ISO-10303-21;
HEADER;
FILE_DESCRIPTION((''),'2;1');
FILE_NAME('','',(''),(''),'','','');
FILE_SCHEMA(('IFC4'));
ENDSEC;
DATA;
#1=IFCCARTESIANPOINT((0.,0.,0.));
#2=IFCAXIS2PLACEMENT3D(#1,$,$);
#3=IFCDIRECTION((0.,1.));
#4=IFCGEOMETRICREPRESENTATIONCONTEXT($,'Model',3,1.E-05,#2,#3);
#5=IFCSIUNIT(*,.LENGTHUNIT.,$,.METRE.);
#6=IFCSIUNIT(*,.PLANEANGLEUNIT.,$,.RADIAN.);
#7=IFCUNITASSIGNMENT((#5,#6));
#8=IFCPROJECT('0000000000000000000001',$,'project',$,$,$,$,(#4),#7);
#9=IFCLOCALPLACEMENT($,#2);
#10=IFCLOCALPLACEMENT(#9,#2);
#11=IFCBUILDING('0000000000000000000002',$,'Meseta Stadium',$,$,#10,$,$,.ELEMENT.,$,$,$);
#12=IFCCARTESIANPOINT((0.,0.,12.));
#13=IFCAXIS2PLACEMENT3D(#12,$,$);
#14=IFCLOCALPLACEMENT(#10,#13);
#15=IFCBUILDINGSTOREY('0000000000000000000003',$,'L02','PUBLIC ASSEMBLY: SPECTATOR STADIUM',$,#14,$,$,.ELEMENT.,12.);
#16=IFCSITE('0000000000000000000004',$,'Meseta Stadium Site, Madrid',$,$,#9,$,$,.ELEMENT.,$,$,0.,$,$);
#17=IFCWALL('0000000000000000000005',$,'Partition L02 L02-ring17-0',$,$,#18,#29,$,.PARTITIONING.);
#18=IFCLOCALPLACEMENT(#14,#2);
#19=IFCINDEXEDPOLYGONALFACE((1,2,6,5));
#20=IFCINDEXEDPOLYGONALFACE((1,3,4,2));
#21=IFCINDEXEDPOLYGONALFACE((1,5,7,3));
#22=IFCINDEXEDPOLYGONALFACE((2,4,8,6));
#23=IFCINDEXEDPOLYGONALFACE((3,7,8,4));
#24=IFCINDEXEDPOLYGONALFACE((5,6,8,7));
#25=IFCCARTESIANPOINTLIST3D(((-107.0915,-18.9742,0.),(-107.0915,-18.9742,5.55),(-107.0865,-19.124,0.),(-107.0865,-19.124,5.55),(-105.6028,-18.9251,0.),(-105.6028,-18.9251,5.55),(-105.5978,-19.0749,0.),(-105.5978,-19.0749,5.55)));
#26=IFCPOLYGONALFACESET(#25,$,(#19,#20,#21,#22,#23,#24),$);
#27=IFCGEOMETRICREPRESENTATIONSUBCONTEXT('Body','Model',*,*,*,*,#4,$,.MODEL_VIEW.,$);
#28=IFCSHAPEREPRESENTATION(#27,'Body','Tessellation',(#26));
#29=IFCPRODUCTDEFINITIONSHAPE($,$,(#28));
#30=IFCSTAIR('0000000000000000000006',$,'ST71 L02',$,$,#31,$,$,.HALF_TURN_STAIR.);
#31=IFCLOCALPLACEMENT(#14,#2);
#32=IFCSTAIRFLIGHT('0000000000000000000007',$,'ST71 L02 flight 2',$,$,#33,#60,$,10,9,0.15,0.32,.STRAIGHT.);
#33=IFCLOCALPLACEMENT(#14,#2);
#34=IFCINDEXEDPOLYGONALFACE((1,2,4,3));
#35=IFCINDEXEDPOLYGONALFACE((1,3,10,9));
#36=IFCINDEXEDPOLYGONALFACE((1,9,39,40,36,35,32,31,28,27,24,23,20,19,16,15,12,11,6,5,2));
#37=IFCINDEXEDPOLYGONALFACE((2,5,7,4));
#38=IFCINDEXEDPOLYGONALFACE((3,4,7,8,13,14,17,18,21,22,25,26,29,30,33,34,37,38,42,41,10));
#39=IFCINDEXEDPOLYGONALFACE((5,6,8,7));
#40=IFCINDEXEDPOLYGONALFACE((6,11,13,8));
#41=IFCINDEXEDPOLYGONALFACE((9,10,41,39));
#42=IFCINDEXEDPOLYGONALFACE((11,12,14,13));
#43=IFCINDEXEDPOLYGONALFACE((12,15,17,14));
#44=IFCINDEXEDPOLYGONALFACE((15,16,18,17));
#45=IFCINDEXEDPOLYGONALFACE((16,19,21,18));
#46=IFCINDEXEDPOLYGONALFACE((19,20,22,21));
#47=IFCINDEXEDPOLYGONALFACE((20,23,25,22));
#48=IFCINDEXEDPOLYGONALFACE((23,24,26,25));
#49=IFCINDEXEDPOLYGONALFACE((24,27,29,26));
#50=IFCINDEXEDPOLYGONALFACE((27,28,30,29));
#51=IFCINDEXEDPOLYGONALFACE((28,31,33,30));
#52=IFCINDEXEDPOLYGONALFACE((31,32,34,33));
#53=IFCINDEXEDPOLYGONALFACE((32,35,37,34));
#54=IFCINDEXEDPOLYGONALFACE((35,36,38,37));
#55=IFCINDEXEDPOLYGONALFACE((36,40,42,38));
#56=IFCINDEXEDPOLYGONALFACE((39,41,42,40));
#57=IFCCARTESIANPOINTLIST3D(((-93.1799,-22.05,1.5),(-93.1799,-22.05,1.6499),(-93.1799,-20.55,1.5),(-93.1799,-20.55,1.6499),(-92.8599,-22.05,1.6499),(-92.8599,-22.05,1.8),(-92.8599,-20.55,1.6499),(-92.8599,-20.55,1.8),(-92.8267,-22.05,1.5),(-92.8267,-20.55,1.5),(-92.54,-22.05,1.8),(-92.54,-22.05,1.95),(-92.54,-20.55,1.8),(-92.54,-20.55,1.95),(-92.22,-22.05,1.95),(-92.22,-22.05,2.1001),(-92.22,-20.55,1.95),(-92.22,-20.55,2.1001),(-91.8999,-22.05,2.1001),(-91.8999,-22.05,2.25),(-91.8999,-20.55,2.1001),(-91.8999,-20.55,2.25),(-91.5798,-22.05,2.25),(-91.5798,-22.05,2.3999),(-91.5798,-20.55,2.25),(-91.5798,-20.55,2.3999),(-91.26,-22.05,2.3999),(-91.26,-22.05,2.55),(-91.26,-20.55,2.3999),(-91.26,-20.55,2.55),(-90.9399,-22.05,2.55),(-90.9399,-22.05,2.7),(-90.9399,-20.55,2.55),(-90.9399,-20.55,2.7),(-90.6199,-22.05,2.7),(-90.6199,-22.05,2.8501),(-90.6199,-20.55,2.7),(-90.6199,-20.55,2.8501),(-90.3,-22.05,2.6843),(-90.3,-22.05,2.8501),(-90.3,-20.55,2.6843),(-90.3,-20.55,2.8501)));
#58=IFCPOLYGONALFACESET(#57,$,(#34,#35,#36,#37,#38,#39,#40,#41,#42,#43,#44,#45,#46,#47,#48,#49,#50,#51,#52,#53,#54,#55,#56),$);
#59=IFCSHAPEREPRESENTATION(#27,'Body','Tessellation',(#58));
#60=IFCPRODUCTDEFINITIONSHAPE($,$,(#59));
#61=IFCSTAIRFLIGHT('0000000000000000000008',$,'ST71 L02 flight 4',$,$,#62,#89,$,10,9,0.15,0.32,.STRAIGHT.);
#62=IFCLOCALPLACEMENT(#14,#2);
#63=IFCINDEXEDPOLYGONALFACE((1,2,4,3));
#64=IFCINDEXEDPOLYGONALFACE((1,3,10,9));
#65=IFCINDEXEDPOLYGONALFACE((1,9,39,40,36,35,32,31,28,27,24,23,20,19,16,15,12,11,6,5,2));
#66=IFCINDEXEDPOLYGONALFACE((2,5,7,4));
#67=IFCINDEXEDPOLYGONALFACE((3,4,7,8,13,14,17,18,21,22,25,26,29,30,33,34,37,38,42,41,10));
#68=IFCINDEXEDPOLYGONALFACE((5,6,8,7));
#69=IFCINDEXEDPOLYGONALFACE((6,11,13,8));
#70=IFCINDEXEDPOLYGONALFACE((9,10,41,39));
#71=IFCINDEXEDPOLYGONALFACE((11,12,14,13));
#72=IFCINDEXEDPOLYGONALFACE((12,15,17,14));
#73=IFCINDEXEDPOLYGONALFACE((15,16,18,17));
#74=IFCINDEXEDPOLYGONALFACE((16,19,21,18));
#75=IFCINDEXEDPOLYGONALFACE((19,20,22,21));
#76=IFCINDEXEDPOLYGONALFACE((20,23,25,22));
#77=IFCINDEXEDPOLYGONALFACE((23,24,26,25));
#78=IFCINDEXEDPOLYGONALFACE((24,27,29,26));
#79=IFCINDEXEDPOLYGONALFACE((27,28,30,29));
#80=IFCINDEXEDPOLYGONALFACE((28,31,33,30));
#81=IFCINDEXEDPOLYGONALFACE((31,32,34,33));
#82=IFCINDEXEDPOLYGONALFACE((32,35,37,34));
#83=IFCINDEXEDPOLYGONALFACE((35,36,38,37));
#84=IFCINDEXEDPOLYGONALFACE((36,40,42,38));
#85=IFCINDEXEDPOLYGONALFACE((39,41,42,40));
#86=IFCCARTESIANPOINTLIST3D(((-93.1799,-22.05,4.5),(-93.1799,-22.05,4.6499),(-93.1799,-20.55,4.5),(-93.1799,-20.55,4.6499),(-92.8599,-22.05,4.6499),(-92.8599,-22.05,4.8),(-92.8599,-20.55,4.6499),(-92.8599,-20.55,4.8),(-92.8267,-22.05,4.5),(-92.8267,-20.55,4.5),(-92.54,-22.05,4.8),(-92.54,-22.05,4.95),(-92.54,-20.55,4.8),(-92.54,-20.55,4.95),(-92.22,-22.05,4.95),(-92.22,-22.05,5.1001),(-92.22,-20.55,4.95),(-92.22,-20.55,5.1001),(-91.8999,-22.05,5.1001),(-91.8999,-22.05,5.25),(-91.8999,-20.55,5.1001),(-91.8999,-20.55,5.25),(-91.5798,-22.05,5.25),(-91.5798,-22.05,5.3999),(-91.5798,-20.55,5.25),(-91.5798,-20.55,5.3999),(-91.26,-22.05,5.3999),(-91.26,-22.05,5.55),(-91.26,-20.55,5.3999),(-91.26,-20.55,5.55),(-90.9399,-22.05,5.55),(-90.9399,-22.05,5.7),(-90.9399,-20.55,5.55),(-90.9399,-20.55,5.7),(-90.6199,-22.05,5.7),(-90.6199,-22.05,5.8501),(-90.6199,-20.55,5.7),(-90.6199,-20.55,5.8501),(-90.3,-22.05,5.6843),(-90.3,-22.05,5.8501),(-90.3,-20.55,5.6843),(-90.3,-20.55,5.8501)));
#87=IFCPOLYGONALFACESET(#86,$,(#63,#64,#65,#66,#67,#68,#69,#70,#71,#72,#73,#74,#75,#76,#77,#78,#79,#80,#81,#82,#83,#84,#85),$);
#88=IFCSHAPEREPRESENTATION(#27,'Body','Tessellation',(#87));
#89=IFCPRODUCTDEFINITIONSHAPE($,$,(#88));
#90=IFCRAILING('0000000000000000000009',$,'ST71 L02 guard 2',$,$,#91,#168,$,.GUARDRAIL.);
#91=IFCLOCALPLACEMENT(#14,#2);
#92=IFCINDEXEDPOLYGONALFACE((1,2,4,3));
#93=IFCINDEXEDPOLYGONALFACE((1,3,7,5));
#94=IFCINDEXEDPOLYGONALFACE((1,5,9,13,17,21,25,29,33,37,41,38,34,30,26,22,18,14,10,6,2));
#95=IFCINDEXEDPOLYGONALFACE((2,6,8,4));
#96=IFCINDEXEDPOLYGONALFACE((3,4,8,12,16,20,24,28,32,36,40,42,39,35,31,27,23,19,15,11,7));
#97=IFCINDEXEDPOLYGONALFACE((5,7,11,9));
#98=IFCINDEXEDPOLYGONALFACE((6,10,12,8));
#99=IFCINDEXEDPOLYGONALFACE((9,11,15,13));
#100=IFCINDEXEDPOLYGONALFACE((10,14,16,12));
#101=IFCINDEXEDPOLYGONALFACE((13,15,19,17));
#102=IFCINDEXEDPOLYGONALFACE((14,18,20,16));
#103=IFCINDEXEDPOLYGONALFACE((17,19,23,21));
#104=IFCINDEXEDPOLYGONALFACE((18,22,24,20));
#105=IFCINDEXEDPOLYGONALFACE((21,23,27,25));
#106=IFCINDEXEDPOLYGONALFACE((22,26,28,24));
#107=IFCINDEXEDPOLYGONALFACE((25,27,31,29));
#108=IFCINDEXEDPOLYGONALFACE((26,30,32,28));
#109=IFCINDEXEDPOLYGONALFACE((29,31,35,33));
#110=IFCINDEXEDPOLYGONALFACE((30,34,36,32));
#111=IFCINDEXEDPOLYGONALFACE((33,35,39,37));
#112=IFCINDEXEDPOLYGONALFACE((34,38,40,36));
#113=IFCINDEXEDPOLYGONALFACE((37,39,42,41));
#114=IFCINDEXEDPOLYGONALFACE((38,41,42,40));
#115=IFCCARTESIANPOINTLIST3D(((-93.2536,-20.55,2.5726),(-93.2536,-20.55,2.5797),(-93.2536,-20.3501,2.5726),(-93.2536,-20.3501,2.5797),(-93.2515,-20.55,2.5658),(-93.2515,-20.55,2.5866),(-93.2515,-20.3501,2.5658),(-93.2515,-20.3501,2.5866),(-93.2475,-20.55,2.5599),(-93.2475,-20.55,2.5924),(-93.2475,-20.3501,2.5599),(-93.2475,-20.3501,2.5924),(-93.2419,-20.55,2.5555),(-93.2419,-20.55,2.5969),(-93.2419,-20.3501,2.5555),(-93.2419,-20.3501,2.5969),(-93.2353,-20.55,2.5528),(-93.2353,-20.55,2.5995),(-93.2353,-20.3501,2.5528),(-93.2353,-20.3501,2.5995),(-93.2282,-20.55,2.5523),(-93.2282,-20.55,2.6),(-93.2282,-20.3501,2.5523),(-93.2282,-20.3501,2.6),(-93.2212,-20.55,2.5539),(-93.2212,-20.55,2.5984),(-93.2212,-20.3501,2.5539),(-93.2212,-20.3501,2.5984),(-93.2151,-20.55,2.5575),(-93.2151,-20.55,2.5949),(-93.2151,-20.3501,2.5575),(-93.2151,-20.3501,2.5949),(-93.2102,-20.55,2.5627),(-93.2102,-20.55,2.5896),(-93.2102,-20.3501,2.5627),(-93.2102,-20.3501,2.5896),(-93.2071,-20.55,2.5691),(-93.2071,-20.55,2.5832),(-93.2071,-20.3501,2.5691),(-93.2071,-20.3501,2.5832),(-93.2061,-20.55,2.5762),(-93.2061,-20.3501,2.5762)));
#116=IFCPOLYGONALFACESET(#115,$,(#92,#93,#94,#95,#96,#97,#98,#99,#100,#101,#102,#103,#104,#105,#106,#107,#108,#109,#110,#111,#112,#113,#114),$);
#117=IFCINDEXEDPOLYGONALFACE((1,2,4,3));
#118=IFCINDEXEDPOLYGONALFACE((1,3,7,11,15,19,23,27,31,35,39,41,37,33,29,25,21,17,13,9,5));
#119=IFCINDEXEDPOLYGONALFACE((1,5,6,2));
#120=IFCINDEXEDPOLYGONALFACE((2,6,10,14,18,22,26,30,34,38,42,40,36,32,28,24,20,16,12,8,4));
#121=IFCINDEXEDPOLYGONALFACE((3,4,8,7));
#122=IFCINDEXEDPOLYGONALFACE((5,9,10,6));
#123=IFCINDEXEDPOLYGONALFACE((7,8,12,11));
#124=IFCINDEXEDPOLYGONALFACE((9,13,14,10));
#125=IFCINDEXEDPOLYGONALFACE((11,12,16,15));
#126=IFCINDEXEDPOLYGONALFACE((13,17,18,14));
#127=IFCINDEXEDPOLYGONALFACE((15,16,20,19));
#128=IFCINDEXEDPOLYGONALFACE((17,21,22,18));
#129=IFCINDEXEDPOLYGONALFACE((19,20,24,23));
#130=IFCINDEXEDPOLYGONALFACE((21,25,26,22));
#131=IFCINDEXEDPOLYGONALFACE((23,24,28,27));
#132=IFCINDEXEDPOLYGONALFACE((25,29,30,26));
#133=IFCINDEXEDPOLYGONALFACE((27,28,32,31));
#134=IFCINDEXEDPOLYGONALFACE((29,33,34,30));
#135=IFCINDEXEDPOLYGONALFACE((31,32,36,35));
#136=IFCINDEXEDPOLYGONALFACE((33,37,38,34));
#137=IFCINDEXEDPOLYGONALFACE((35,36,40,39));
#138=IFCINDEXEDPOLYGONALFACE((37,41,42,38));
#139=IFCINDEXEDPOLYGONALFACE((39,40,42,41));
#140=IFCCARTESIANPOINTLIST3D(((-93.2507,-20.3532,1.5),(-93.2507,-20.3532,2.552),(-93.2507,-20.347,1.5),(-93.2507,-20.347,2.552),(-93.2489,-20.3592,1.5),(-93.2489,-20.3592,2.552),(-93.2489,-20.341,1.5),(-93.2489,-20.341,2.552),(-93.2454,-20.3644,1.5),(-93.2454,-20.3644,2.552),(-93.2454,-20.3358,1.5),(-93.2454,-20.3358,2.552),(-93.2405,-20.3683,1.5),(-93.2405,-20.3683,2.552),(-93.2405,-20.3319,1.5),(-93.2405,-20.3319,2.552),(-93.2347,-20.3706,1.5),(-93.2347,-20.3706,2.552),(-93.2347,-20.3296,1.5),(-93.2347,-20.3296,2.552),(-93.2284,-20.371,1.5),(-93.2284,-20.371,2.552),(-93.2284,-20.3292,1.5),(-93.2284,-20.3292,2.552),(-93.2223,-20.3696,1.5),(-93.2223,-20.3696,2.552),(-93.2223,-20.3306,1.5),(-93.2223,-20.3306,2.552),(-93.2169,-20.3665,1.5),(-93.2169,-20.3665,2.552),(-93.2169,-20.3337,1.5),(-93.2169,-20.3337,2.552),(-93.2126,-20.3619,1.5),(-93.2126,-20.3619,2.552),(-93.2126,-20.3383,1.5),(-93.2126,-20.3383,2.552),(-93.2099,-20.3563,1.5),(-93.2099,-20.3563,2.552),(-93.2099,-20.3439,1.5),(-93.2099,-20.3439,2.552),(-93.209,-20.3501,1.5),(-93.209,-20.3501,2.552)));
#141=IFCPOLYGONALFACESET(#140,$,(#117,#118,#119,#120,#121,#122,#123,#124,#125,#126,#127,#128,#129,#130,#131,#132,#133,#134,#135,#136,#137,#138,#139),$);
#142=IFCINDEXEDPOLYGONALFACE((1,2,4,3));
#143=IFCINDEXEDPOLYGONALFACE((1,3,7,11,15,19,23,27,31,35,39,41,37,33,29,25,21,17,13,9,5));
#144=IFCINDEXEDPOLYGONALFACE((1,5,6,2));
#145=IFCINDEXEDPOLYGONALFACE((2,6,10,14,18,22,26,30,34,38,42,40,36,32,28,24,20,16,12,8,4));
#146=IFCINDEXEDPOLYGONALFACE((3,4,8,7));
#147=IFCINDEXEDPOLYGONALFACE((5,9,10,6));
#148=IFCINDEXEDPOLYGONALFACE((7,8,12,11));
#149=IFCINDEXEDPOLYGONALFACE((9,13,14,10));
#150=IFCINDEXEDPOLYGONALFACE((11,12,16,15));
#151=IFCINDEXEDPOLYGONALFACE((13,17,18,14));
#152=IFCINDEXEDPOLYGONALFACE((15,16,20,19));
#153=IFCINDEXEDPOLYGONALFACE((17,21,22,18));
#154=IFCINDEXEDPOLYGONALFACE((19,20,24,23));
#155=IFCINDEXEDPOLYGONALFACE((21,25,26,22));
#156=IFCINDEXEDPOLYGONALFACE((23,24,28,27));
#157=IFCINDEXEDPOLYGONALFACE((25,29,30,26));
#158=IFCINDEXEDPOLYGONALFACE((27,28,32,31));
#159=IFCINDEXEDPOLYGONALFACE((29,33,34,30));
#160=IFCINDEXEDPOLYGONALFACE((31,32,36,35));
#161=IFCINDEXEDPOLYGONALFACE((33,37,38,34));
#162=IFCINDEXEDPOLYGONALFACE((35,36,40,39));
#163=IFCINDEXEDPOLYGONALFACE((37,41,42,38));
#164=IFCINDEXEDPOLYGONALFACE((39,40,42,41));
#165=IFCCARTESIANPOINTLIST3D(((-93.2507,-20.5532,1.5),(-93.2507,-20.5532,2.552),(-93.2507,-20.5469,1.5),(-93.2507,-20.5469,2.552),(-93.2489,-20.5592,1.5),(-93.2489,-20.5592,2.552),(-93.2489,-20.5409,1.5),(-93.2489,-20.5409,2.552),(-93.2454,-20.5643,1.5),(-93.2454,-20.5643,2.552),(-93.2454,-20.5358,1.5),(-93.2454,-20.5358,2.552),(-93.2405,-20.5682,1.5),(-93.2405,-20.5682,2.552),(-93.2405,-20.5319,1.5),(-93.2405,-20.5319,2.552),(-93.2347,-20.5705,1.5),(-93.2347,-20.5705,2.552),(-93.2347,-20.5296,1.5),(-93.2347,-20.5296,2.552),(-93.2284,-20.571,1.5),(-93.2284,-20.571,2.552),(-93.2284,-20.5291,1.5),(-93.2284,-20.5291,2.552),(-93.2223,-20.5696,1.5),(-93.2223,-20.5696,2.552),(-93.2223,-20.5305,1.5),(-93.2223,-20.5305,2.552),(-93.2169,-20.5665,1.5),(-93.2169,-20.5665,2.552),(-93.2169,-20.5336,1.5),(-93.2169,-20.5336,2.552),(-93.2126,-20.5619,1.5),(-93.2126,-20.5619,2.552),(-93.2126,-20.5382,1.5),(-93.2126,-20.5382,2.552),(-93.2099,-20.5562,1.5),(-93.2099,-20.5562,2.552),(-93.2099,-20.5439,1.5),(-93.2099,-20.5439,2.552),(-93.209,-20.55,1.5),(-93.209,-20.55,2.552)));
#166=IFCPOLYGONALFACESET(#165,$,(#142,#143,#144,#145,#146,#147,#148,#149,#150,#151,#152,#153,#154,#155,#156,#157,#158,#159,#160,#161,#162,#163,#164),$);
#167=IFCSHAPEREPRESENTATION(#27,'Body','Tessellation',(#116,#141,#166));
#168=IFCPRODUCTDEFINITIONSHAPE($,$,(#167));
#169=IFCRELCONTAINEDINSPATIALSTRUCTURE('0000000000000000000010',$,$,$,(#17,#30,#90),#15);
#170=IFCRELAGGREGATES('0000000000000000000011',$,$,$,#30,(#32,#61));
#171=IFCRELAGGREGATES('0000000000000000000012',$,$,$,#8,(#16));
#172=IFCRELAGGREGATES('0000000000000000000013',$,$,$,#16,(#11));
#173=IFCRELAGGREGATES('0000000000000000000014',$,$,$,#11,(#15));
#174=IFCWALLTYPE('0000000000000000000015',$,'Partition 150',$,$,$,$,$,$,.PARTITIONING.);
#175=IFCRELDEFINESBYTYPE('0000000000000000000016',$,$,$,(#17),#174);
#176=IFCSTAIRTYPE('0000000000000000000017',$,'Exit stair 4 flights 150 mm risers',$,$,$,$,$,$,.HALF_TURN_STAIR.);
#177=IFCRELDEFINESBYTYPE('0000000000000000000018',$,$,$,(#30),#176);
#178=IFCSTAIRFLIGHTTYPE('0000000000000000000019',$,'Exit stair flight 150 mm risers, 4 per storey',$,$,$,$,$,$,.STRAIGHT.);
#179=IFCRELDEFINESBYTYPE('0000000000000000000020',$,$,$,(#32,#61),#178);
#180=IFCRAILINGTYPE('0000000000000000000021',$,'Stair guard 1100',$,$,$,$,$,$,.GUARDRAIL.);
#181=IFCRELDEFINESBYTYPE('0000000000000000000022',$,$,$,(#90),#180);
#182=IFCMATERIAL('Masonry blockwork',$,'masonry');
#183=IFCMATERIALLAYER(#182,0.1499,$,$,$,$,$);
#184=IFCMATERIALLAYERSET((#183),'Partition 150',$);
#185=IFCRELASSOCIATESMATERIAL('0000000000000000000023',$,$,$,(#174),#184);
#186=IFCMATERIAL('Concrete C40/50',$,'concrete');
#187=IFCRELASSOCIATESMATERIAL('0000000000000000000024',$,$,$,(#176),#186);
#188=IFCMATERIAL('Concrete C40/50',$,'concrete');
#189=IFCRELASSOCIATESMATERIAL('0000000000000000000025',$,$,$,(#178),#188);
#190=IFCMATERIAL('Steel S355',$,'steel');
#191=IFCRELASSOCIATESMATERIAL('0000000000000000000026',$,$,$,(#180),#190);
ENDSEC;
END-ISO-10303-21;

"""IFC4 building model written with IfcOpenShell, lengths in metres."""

from ifc_helpers import new_model, si_unit, direction, frame, frame_2d, origin, origin_2d, place, context, subcontext, project, spatial, polyline, rectangle, circle, outline, extrude, material, layer, layer_set, type_object, element, aggregate, save


model = new_model("IFC4")

# Units and contexts
model_context = context("Model", 3, precision=1e-05, world=origin(), true_north=direction((0.0, 1.0)))
body_context = subcontext(model_context, "Body", "Model", "MODEL_VIEW")
ifc_project = project(units=[si_unit("LENGTHUNIT", "METRE"), si_unit("PLANEANGLEUNIT", "RADIAN")], contexts=[model_context])

# Site, building, storey
site_placement = place(None, origin())
site = spatial("IfcSite", under=ifc_project, at=site_placement, Name="Meseta Stadium Site, Madrid", CompositionType="ELEMENT", RefElevation=0.0)
building_placement = place(site_placement, origin())
building = spatial("IfcBuilding", under=site, at=building_placement, Name="Meseta Stadium", CompositionType="ELEMENT")
storey_placement = place(building_placement, frame((0.0, 0.0, 12.0)))
storey = spatial("IfcBuildingStorey", under=building, at=storey_placement, Name="L02", Description="PUBLIC ASSEMBLY: SPECTATOR STADIUM", CompositionType="ELEMENT", Elevation=12.0)

# Wall
ifc_material_1 = material(Name="Masonry blockwork", Category="masonry")
ifc_layer_1 = layer(ifc_material_1, 0.1499)
ifc_layer_set_1 = layer_set([ifc_layer_1], Name="Partition 150")
wall_type_1 = type_object("IfcWallType", Name="Partition 150", PredefinedType="PARTITIONING", material=ifc_layer_set_1)
wall_1_placement = place(storey_placement, frame((-107.0889, -19.0491, 0.0), z_axis=(0.0, 0.0, 1.0), x_axis=(0.999457, 0.032944, 0.0)))
element("IfcWall", 1, at=wall_1_placement, inside=storey, type_object=wall_type_1, Name="Partition L02 L02-ring17-0", PredefinedType="PARTITIONING", context=body_context, shape_type="SweptSolid", body=[
    extrude(rectangle(XDim=1.4895, YDim=0.1499, at=frame_2d((0.7446, 0.0))), origin(), (0.0, 0.0, 1.0), 5.55),
])

# Stair, stair flights
ifc_material_2 = material(Name="Concrete C40/50", Category="concrete")
stair_type = type_object("IfcStairType", Name="Exit stair 4 flights 150 mm risers", PredefinedType="HALF_TURN_STAIR", material=ifc_material_2)
stair_placement = place(storey_placement, origin())
stair = element("IfcStair", 2, at=stair_placement, inside=storey, type_object=stair_type, Name="ST71 L02", PredefinedType="HALF_TURN_STAIR")
ifc_material_3 = material(Name="Concrete C40/50", Category="concrete")
stair_flight_type = type_object("IfcStairFlightType", Name="Exit stair flight 150 mm risers, 4 per storey", PredefinedType="STRAIGHT", material=ifc_material_3)
stair_flight_1_placement = place(storey_placement, frame((-93.1799, -21.3, 1.5), z_axis=(0.0, 0.0, 1.0), x_axis=(1.0, 0.0, 0.0)))
stair_flight_1 = element("IfcStairFlight", 3, at=stair_flight_1_placement, type_object=stair_flight_type, Name="ST71 L02 flight 2", NumberOfRisers=10, NumberOfTreads=9, PredefinedType="STRAIGHT", RiserHeight=0.15, TreadLength=0.32, context=body_context, shape_type="SweptSolid", body=[
    extrude(outline(polyline([(0.0, 0.0), (0.0, 0.1499), (0.3201, 0.1499), (0.3201, 0.3), (0.6399, 0.3), (0.6399, 0.45), (0.96, 0.45), (0.96, 0.6001), (1.28, 0.6001), (1.28, 0.75), (1.6001, 0.75), (1.6001, 0.8999), (1.9199, 0.8999), (1.9199, 1.05), (2.24, 1.05), (2.24, 1.2), (2.5601, 1.2), (2.5601, 1.3501), (2.8799, 1.3501), (2.8799, 1.1843), (0.3533, 0.0), (0.0, 0.0)])), frame((0.0, 0.75, 0.0), z_axis=(0.0, -1.0, 0.0), x_axis=(1.0, 0.0, 0.0)), (0.0, 0.0, 1.0), 1.5),
])
stair_flight_2_placement = place(storey_placement, frame((-93.1799, -21.3, 4.5), z_axis=(0.0, 0.0, 1.0), x_axis=(1.0, 0.0, 0.0)))
stair_flight_2 = element("IfcStairFlight", 4, at=stair_flight_2_placement, type_object=stair_flight_type, Name="ST71 L02 flight 4", NumberOfRisers=10, NumberOfTreads=9, PredefinedType="STRAIGHT", RiserHeight=0.15, TreadLength=0.32, context=body_context, shape_type="SweptSolid", body=[
    extrude(outline(polyline([(0.0, 0.0), (0.0, 0.1499), (0.3201, 0.1499), (0.3201, 0.3), (0.6399, 0.3), (0.6399, 0.45), (0.96, 0.45), (0.96, 0.6001), (1.28, 0.6001), (1.28, 0.75), (1.6001, 0.75), (1.6001, 0.8999), (1.9199, 0.8999), (1.9199, 1.05), (2.24, 1.05), (2.24, 1.2), (2.5601, 1.2), (2.5601, 1.3501), (2.8799, 1.3501), (2.8799, 1.1843), (0.3533, 0.0), (0.0, 0.0)])), frame((0.0, 0.75, 0.0), z_axis=(0.0, -1.0, 0.0), x_axis=(1.0, 0.0, 0.0)), (0.0, 0.0, 1.0), 1.5),
])
aggregate(stair, [stair_flight_1, stair_flight_2])

# Railing
ifc_material_4 = material(Name="Steel S355", Category="steel")
railing_type_1 = type_object("IfcRailingType", Name="Stair guard 1100", PredefinedType="GUARDRAIL", material=ifc_material_4)
railing_1_placement = place(storey_placement, frame((-93.23, -20.3501, 1.5)))
element("IfcRailing", 5, at=railing_1_placement, inside=storey, type_object=railing_type_1, Name="ST71 L02 guard 2", PredefinedType="GUARDRAIL", context=body_context, shape_type="SweptSolid", body=[
    extrude(circle(Radius=0.0239, at=origin_2d()), frame((0.0, 0.0, 1.0762), z_axis=(0.0, -1.0, 0.0), x_axis=(1.0, 0.0, 0.0)), (0.0, 0.0, 1.0), 0.2),
    extrude(circle(Radius=0.021, at=origin_2d()), origin(), (0.0, 0.0, 1.0), 1.052),
    extrude(circle(Radius=0.021, at=origin_2d()), frame((0.0, -0.2, 0.0)), (0.0, 0.0, 1.0), 1.052),
])

save(model, "model.ifc")
